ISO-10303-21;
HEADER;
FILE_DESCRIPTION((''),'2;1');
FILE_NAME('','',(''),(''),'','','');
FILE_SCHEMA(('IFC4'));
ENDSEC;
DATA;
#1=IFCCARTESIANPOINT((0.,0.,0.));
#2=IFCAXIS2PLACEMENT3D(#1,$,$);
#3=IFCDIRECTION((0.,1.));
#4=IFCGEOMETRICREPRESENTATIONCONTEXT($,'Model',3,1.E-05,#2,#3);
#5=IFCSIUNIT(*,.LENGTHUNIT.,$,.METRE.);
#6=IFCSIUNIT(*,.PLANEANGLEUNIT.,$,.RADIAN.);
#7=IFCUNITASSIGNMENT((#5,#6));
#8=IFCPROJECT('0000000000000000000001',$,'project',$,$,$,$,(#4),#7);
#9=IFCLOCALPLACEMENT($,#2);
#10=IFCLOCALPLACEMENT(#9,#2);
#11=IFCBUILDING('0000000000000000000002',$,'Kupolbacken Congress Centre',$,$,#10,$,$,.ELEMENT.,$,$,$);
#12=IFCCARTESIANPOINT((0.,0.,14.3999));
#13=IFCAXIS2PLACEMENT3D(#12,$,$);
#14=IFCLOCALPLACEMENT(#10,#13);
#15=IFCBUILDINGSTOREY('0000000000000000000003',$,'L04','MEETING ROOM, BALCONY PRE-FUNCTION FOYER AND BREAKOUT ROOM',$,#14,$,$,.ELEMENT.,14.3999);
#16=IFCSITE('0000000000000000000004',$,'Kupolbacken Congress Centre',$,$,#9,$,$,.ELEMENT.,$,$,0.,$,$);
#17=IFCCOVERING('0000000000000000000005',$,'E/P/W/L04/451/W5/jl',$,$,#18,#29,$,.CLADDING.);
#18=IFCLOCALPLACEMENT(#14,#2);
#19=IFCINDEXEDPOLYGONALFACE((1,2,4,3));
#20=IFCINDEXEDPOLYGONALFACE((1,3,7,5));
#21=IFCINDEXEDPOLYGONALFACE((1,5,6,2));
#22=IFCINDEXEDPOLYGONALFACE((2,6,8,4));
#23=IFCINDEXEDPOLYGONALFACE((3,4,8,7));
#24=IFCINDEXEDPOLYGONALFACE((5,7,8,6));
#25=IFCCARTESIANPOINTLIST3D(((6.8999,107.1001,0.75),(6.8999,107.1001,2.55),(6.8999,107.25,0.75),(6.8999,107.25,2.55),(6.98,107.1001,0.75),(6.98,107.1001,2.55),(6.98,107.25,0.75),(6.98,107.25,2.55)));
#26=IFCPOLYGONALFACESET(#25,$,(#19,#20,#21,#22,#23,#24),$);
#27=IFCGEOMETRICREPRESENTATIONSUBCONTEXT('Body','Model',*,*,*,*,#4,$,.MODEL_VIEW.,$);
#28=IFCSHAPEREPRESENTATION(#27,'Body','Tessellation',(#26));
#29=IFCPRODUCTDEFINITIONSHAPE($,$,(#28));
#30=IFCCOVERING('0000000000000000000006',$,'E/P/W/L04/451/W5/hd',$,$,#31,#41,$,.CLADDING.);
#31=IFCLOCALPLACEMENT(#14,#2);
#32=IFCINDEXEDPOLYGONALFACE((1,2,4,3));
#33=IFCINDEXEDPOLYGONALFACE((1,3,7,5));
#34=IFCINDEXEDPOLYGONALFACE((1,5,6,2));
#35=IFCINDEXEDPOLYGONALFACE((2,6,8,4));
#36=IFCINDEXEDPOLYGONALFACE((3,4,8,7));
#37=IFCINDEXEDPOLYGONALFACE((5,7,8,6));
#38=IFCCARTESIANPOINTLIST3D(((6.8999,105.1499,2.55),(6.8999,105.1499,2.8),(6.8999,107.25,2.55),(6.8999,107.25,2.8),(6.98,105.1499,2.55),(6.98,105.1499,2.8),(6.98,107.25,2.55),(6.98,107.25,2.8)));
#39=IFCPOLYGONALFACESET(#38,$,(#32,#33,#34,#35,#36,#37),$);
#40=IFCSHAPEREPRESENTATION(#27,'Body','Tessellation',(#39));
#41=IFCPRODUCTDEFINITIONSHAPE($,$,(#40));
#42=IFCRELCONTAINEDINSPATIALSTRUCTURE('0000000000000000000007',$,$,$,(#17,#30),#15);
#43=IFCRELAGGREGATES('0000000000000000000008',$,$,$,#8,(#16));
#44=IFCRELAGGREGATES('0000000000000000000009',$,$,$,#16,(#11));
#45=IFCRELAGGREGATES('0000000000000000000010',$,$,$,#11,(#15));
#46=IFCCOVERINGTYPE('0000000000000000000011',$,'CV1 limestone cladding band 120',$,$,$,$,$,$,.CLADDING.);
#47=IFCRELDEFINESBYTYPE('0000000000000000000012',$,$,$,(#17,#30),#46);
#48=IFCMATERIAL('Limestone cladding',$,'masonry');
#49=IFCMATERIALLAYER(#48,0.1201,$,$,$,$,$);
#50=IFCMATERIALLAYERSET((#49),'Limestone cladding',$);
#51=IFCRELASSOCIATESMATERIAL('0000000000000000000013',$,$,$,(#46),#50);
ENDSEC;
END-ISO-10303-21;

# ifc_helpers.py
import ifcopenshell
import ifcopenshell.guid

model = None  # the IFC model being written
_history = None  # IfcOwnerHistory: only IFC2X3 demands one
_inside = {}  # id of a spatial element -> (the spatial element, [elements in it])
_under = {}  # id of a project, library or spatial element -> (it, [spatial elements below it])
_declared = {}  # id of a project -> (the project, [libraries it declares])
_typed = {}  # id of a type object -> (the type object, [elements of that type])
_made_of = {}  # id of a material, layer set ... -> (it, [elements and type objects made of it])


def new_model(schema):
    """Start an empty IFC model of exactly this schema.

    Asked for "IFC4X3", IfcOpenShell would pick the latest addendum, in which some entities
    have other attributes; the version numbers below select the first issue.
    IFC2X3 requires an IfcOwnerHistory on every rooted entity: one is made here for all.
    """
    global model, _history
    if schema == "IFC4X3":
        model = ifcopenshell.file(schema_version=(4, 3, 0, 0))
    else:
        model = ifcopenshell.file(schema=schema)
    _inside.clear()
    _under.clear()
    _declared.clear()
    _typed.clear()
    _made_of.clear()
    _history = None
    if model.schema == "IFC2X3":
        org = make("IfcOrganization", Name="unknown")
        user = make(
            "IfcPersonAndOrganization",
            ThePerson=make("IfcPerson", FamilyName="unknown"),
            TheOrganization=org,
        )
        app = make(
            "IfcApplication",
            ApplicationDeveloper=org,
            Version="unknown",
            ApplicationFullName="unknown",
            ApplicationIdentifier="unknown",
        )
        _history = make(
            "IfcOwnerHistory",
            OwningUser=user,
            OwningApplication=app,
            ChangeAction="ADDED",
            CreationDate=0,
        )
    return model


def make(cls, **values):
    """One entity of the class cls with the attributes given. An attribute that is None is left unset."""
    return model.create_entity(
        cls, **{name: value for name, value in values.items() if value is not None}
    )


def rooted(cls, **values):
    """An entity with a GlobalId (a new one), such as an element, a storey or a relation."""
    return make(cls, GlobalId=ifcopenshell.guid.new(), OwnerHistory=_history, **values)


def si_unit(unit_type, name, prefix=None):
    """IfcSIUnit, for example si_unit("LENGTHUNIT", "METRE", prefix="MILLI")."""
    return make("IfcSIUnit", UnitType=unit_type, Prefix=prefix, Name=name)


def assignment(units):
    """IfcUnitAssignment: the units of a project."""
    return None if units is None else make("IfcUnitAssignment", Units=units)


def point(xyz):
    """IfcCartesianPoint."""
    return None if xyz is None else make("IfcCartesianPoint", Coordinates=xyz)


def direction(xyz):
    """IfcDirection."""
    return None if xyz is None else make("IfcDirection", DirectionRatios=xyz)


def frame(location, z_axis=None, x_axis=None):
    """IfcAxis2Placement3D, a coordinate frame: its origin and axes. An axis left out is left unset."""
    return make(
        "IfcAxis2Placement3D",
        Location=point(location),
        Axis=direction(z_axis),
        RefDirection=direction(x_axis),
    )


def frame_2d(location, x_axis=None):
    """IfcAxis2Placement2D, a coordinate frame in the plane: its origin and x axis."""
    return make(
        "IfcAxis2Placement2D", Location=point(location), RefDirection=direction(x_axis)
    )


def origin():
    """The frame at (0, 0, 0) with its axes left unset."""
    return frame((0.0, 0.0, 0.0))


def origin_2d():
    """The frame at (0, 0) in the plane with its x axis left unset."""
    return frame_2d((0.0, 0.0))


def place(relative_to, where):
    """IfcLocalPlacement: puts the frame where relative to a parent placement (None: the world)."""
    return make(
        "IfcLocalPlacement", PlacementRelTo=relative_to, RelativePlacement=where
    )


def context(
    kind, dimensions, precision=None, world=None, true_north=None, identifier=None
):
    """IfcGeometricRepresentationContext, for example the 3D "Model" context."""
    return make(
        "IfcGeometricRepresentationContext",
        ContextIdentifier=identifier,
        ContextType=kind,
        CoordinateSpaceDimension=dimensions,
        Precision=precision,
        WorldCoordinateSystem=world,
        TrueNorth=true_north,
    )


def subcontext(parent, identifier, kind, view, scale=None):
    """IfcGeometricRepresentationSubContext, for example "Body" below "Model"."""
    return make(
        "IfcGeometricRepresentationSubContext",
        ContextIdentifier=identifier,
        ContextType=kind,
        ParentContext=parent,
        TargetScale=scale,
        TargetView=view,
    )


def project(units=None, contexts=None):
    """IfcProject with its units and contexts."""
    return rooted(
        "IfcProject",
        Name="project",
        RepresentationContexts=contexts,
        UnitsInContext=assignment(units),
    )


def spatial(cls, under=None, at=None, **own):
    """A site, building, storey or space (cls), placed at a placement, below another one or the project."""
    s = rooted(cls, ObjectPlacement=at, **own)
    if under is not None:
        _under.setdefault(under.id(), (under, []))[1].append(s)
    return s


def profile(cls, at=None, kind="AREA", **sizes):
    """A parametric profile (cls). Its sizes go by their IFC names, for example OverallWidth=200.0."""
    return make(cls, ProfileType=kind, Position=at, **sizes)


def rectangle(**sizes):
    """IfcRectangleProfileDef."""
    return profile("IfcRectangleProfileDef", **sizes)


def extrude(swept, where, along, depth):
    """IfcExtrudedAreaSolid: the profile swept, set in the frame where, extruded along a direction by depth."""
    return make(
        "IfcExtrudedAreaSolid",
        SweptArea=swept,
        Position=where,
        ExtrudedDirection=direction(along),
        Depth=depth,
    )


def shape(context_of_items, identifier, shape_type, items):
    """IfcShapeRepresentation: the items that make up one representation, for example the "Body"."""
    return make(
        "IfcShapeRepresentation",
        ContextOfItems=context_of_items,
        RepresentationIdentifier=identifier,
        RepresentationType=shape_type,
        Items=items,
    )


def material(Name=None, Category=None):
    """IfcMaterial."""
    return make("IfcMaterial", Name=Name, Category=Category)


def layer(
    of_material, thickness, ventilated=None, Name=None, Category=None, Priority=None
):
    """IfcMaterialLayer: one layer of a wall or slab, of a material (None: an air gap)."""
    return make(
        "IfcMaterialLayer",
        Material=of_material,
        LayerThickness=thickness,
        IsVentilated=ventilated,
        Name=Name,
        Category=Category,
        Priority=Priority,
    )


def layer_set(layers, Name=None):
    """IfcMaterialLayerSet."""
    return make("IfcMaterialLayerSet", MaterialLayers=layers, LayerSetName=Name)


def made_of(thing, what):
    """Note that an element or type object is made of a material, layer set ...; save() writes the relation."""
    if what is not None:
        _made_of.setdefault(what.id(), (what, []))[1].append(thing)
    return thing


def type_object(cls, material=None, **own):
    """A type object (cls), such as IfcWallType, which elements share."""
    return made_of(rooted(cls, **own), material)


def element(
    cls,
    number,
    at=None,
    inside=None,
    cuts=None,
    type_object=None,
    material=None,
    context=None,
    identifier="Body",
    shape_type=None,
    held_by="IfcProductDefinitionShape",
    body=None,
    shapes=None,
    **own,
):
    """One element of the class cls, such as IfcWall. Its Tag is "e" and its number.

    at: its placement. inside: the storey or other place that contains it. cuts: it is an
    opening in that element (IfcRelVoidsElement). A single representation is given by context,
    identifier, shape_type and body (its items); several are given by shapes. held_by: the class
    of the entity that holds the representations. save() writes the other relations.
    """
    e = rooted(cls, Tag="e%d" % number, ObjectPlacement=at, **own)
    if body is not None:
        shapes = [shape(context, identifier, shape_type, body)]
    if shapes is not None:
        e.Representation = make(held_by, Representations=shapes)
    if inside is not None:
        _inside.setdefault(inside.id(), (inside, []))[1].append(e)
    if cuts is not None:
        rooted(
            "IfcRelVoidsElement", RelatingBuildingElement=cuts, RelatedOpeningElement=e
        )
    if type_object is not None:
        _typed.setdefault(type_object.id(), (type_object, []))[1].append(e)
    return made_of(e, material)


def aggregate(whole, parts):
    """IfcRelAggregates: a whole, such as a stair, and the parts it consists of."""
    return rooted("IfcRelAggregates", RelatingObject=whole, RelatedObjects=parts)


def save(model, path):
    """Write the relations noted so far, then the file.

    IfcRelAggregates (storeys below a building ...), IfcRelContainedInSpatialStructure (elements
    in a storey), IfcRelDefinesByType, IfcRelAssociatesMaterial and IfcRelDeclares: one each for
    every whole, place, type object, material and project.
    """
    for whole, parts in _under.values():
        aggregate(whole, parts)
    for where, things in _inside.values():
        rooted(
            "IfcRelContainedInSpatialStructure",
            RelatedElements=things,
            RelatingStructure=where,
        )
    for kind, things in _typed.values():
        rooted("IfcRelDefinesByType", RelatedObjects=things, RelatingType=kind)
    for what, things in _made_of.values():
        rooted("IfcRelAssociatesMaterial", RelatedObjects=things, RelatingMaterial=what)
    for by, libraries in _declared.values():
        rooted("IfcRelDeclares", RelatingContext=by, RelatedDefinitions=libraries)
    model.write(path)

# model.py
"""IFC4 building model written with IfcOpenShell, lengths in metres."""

from ifc_helpers import new_model, si_unit, direction, frame, origin, origin_2d, place, context, subcontext, project, spatial, rectangle, extrude, material, layer, layer_set, type_object, element, save


model = new_model("IFC4")

# Units and contexts
model_context = context("Model", 3, precision=1e-05, world=origin(), true_north=direction((0.0, 1.0)))
body_context = subcontext(model_context, "Body", "Model", "MODEL_VIEW")
ifc_project = project(units=[si_unit("LENGTHUNIT", "METRE"), si_unit("PLANEANGLEUNIT", "RADIAN")], contexts=[model_context])

# Site, building, storey
site_placement = place(None, origin())
site = spatial("IfcSite", under=ifc_project, at=site_placement, Name="Kupolbacken Congress Centre", CompositionType="ELEMENT", RefElevation=0.0)
building_placement = place(site_placement, origin())
building = spatial("IfcBuilding", under=site, at=building_placement, Name="Kupolbacken Congress Centre", CompositionType="ELEMENT")
storey_placement = place(building_placement, frame((0.0, 0.0, 14.3999)))
storey = spatial("IfcBuildingStorey", under=building, at=storey_placement, Name="L04", Description="MEETING ROOM, BALCONY PRE-FUNCTION FOYER AND BREAKOUT ROOM", CompositionType="ELEMENT", Elevation=14.3999)

# Coverings
ifc_material_1 = material(Name="Limestone cladding", Category="masonry")
ifc_layer_1 = layer(ifc_material_1, 0.1201)
ifc_layer_set_1 = layer_set([ifc_layer_1], Name="Limestone cladding")
covering_type = type_object("IfcCoveringType", Name="CV1 limestone cladding band 120", PredefinedType="CLADDING", material=ifc_layer_set_1)
covering_1_placement = place(storey_placement, frame((6.9399, 107.175, 0.75), z_axis=(0.0, 0.0, 1.0), x_axis=(0.0, -1.0, 0.0)))
element("IfcCovering", 1, at=covering_1_placement, inside=storey, type_object=covering_type, Name="E/P/W/L04/451/W5/jl", PredefinedType="CLADDING", context=body_context, shape_type="SweptSolid", body=[
    extrude(rectangle(XDim=0.1499, YDim=0.0801, at=origin_2d()), origin(), (0.0, 0.0, 1.0), 1.8),
])
covering_2_placement = place(storey_placement, frame((6.9399, 106.2, 2.55), z_axis=(0.0, 0.0, 1.0), x_axis=(0.0, -1.0, 0.0)))
element("IfcCovering", 2, at=covering_2_placement, inside=storey, type_object=covering_type, Name="E/P/W/L04/451/W5/hd", PredefinedType="CLADDING", context=body_context, shape_type="SweptSolid", body=[
    extrude(rectangle(XDim=2.1001, YDim=0.0801, at=origin_2d()), origin(), (0.0, 0.0, 1.0), 0.25),
])

save(model, "model.ifc")
